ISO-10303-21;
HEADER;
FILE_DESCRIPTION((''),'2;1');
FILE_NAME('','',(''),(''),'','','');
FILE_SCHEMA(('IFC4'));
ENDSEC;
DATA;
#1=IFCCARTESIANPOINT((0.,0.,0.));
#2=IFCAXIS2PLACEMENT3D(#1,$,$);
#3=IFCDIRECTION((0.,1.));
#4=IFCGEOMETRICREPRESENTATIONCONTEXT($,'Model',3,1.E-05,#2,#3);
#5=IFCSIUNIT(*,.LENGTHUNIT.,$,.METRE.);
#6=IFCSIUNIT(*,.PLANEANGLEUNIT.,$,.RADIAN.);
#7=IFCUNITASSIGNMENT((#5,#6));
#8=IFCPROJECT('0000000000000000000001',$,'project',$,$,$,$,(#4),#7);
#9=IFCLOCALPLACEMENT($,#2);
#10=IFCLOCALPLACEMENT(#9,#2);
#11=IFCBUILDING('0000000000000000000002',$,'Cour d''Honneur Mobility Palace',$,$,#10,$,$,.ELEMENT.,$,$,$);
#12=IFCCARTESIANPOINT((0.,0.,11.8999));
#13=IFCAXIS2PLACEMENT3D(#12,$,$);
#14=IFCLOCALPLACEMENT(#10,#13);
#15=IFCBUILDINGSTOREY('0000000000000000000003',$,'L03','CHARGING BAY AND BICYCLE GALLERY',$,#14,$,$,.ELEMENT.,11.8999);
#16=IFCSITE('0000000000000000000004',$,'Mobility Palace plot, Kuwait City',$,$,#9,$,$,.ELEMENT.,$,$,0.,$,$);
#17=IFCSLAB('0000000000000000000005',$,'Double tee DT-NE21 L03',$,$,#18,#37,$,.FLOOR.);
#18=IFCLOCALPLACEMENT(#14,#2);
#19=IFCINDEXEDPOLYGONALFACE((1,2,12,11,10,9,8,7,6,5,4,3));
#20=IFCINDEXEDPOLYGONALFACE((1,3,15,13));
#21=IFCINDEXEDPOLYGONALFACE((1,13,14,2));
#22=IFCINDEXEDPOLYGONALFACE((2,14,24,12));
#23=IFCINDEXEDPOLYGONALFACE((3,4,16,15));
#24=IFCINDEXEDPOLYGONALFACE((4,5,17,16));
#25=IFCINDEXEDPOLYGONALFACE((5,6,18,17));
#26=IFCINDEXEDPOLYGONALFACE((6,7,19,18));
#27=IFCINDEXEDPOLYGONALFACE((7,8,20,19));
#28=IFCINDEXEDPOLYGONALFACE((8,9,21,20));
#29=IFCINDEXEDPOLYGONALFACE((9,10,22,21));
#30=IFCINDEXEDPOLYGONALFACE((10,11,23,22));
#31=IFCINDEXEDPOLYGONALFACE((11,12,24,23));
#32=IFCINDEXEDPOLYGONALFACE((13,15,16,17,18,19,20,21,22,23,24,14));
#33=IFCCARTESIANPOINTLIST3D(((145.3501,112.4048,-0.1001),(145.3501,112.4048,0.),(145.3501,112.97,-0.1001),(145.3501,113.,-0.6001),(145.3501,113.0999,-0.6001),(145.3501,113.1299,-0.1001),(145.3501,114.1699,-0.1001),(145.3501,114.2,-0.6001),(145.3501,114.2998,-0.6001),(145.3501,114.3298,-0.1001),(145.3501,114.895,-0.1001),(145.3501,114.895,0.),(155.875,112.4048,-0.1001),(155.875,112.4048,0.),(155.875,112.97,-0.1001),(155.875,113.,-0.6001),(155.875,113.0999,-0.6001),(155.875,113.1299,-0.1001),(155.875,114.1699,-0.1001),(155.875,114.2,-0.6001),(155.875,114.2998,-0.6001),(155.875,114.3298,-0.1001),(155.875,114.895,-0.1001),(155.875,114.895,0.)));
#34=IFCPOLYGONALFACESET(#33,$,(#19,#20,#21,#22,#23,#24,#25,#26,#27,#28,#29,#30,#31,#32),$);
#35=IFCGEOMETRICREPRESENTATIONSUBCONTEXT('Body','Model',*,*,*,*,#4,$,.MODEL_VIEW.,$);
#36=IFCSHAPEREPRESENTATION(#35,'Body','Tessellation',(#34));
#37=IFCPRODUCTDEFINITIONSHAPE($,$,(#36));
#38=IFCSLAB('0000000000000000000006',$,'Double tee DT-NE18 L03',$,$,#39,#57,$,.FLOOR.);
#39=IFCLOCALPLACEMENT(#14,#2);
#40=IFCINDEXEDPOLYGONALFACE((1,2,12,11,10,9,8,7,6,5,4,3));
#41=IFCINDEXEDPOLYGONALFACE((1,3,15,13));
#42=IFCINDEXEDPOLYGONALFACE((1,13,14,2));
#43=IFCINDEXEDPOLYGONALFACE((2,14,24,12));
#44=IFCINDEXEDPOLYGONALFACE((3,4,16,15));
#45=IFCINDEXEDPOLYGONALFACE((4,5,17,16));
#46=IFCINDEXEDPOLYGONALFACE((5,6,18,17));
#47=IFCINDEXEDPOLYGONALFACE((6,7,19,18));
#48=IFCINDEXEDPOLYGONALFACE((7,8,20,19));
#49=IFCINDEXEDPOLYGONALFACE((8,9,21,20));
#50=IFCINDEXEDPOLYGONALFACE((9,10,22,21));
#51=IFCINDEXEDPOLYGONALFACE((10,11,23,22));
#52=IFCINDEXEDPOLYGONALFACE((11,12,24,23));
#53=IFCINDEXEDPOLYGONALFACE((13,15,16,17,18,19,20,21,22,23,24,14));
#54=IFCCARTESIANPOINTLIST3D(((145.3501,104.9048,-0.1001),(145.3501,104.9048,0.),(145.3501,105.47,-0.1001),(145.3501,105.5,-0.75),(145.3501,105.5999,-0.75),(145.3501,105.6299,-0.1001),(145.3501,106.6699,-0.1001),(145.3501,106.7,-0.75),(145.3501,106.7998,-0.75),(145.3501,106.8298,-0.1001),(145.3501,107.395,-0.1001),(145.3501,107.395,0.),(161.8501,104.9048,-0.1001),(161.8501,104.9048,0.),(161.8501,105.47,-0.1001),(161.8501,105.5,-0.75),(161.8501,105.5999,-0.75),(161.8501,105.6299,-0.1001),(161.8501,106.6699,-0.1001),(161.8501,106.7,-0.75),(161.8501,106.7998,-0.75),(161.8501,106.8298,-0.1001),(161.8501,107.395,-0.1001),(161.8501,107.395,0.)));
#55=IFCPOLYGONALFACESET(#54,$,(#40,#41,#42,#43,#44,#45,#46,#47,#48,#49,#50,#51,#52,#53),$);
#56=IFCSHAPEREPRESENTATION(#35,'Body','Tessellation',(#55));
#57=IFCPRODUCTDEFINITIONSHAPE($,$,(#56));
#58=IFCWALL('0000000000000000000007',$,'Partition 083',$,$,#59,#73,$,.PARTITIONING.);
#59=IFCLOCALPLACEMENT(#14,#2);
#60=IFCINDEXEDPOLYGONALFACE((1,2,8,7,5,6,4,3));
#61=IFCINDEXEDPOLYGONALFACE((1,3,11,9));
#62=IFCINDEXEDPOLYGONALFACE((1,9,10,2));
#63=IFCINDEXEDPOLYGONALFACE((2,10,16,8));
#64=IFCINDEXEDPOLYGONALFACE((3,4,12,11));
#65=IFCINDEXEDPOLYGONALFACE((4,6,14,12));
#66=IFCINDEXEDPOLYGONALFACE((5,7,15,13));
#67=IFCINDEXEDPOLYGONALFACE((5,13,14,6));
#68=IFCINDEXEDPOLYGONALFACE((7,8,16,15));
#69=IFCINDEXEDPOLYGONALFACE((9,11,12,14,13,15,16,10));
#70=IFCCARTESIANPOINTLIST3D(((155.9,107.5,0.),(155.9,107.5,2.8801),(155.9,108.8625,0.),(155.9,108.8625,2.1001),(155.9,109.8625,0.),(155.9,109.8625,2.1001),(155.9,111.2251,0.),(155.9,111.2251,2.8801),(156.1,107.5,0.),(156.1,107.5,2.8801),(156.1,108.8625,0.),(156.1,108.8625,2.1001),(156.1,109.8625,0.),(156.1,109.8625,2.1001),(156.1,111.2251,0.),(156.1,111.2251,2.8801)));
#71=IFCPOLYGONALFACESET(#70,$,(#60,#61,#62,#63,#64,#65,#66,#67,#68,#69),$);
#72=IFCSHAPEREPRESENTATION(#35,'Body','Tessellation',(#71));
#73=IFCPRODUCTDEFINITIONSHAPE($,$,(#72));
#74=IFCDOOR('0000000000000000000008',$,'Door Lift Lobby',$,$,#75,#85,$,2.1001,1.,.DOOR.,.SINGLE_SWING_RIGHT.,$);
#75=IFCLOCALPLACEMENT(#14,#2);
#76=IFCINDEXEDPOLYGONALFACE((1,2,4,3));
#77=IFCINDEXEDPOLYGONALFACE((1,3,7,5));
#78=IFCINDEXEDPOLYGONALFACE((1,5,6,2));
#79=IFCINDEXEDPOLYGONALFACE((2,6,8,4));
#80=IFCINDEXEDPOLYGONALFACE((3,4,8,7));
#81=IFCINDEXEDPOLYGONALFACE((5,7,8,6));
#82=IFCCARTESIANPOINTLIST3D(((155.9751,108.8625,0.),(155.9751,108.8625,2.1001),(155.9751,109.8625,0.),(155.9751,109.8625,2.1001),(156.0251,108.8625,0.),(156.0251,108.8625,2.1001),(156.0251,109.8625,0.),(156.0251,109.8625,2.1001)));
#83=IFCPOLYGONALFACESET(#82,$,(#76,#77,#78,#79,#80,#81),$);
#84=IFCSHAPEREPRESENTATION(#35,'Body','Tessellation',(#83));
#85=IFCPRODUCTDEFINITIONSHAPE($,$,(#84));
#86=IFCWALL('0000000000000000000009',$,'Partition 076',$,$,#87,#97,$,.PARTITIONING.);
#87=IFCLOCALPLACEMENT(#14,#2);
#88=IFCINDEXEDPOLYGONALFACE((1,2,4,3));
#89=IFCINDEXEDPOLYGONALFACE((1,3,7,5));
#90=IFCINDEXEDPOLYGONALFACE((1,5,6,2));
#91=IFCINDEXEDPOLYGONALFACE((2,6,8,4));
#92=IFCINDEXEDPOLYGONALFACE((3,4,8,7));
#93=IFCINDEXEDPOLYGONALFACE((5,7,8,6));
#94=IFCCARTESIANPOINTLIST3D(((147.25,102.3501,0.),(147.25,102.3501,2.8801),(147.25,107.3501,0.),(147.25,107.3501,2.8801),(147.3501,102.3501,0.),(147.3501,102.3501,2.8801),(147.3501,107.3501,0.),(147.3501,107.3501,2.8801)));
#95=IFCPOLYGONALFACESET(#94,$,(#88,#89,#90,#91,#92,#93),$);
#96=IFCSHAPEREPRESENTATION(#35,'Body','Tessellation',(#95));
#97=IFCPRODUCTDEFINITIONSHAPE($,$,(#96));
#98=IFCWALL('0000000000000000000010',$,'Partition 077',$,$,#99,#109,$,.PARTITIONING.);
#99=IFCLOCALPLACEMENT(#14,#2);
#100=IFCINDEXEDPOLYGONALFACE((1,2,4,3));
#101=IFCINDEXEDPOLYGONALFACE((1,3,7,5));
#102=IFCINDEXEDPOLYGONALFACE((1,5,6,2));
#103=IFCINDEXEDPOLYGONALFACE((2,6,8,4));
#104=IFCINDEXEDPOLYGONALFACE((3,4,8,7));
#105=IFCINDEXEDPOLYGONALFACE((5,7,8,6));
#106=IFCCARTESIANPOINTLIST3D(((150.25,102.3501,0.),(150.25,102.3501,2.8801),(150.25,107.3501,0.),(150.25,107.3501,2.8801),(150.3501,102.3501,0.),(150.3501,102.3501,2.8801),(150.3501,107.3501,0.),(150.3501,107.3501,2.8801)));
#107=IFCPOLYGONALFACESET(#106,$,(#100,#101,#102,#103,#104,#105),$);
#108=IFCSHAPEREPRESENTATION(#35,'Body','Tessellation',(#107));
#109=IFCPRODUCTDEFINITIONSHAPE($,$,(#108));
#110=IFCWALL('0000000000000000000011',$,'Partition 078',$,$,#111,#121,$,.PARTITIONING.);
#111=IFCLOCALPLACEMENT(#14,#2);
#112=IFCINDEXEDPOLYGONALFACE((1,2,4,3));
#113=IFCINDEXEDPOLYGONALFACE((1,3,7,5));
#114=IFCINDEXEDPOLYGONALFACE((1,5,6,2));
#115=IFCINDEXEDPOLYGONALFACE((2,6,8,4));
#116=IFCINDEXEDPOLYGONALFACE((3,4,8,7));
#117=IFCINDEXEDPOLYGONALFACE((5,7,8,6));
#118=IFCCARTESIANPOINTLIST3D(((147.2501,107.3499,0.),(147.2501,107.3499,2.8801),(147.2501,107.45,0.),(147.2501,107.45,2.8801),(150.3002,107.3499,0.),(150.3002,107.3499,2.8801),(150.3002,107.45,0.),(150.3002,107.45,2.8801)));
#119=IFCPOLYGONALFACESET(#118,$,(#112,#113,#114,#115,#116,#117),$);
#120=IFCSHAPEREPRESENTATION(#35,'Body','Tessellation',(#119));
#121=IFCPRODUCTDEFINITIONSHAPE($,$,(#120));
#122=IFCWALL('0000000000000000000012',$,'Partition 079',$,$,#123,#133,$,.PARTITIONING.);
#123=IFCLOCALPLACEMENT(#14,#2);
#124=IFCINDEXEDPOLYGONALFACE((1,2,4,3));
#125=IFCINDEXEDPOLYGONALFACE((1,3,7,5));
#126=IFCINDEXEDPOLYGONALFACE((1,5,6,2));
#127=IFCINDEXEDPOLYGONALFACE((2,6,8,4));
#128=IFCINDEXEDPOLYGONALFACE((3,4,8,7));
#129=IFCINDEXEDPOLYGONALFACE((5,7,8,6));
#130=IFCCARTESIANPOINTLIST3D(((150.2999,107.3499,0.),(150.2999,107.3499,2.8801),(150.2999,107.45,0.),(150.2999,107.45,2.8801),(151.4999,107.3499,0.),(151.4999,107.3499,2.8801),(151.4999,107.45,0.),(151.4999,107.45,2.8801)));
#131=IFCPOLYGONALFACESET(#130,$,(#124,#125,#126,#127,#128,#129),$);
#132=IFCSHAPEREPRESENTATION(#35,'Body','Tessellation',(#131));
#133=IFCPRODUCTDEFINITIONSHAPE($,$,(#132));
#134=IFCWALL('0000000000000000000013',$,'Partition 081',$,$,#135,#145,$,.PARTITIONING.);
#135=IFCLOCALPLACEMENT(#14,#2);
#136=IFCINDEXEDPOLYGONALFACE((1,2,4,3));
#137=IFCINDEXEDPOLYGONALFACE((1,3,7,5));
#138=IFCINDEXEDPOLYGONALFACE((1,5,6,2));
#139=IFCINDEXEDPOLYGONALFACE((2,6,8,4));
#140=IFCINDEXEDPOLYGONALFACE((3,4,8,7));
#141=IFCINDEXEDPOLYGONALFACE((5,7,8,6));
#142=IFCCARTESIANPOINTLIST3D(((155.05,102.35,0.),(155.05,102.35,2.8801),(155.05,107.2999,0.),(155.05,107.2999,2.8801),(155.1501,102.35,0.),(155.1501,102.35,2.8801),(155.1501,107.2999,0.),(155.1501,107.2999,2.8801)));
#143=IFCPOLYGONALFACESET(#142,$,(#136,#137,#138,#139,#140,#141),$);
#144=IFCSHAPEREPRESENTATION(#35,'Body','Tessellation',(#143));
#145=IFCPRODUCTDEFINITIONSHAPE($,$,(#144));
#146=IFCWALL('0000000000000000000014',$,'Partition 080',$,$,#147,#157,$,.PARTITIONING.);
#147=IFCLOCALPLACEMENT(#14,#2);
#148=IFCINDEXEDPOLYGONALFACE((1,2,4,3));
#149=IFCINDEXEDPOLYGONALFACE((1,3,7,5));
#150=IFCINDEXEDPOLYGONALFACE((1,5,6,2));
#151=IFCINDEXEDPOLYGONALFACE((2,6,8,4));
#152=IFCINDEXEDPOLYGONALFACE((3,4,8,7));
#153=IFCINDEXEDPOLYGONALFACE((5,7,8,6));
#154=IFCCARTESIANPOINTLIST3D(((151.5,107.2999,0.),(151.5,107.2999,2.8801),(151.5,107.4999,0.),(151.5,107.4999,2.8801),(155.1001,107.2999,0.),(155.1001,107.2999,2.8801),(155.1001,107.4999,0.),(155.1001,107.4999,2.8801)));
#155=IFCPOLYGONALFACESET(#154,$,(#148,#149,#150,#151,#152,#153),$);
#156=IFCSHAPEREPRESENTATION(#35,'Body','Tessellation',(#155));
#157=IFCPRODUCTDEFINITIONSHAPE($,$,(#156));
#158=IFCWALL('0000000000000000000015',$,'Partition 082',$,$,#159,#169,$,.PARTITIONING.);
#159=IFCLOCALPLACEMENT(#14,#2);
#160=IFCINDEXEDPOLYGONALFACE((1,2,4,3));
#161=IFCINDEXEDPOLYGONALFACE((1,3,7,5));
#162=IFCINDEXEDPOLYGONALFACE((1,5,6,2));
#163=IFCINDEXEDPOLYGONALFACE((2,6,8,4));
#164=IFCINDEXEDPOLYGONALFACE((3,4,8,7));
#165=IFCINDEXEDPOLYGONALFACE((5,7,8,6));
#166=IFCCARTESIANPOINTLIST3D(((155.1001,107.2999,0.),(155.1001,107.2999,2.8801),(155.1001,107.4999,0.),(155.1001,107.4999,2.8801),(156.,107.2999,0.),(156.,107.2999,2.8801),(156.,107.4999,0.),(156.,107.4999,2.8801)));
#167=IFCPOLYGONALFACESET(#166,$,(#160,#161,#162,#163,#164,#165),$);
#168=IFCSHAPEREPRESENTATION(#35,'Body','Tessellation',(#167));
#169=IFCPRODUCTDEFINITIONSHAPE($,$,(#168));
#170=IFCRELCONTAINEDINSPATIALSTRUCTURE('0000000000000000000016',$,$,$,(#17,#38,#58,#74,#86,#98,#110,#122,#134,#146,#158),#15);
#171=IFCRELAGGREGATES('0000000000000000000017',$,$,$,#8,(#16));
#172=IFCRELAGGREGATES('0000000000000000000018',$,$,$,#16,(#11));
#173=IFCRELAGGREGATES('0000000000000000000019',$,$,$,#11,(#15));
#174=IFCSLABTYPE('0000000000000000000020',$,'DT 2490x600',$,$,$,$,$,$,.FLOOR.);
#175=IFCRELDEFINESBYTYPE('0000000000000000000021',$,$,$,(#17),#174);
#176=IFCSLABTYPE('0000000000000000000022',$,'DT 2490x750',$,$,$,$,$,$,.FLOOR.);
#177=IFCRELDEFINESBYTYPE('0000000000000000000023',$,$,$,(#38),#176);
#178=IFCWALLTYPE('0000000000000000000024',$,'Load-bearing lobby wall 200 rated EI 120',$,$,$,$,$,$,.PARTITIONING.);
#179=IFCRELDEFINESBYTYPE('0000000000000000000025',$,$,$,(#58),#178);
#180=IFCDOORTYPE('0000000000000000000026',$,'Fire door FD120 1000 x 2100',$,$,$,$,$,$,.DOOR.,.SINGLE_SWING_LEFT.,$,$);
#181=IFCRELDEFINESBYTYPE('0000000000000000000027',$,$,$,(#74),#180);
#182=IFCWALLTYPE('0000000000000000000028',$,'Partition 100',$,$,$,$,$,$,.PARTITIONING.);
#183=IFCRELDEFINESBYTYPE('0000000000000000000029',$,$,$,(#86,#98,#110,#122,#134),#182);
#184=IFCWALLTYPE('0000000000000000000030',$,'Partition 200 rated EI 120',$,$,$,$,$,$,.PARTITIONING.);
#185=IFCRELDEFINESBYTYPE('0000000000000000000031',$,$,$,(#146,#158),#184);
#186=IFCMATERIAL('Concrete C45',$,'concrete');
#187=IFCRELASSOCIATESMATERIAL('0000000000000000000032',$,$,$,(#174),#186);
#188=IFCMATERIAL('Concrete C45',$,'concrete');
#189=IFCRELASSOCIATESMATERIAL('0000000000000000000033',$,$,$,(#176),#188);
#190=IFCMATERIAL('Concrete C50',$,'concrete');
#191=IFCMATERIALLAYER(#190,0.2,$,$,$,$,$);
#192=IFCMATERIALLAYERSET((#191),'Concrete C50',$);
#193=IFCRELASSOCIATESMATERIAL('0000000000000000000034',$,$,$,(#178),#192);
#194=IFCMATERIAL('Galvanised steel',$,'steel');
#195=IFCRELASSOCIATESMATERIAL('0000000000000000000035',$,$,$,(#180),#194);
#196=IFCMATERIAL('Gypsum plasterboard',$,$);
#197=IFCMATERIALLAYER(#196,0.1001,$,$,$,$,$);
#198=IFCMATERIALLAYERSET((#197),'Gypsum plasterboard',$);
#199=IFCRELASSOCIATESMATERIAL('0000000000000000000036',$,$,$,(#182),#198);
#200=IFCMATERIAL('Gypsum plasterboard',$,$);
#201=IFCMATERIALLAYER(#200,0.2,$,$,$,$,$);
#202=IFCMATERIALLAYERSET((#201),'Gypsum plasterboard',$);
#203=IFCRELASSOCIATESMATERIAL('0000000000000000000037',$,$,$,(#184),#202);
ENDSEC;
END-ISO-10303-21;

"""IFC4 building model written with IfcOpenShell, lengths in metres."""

from ifc_helpers import new_model, si_unit, direction, frame, frame_2d, origin, place, context, subcontext, project, spatial, polyline, rectangle, outline, extrude, material, layer, layer_set, material_profile, profile_set, type_object, element, fill, save


model = new_model("IFC4")

# Units and contexts
model_context = context("Model", 3, precision=1e-05, world=origin(), true_north=direction((0.0, 1.0)))
body_context = subcontext(model_context, "Body", "Model", "MODEL_VIEW")
ifc_project = project(units=[si_unit("LENGTHUNIT", "METRE"), si_unit("PLANEANGLEUNIT", "RADIAN")], contexts=[model_context])

# Site, building, storey
site_placement = place(None, origin())
site = spatial("IfcSite", under=ifc_project, at=site_placement, Name="Mobility Palace plot, Kuwait City", CompositionType="ELEMENT", RefElevation=0.0)
building_placement = place(site_placement, origin())
building = spatial("IfcBuilding", under=site, at=building_placement, Name="Cour d'Honneur Mobility Palace", CompositionType="ELEMENT")
storey_placement = place(building_placement, frame((0.0, 0.0, 11.8999)))
storey = spatial("IfcBuildingStorey", under=building, at=storey_placement, Name="L03", Description="CHARGING BAY AND BICYCLE GALLERY", CompositionType="ELEMENT", Elevation=11.8999)

# Slabs
ifc_material_1 = material(Name="Concrete C45", Category="concrete")
ifc_material_profile_1 = material_profile(ifc_material_1, outline(polyline([(-1.2451, 0.0), (1.2451, 0.0), (1.2451, -0.1001), (0.6799, -0.1001), (0.6499, -0.6001), (0.55, -0.6001), (0.52, -0.1001), (-0.52, -0.1001), (-0.55, -0.6001), (-0.6499, -0.6001), (-0.6799, -0.1001), (-1.2451, -0.1001), (-1.2451, 0.0)])), Name="DT 2490x600")
ifc_profile_set_1 = profile_set([ifc_material_profile_1], Name="Concrete C45")
slab_type_1 = type_object("IfcSlabType", Name="DT 2490x600", PredefinedType="FLOOR", material=ifc_profile_set_1)
slab_1_placement = place(storey_placement, frame((145.3501, 113.6499, 0.0), z_axis=(1.0, 0.0, 0.0), x_axis=(0.0, 1.0, 0.0)))
element("IfcSlab", 1, at=slab_1_placement, inside=storey, type_object=slab_type_1, Name="Double tee DT-NE21 L03", PredefinedType="FLOOR", context=body_context, shape_type="SweptSolid", body=[
    extrude(outline(polyline([(-1.2451, 0.0), (1.2451, 0.0), (1.2451, -0.1001), (0.6799, -0.1001), (0.6499, -0.6001), (0.55, -0.6001), (0.52, -0.1001), (-0.52, -0.1001), (-0.55, -0.6001), (-0.6499, -0.6001), (-0.6799, -0.1001), (-1.2451, -0.1001), (-1.2451, 0.0)])), origin(), (0.0, 0.0, 1.0), 10.5249),
])
ifc_material_2 = material(Name="Concrete C45", Category="concrete")
ifc_material_profile_2 = material_profile(ifc_material_2, outline(polyline([(-1.2451, 0.0), (1.2451, 0.0), (1.2451, -0.1001), (0.6799, -0.1001), (0.6499, -0.75), (0.55, -0.75), (0.52, -0.1001), (-0.52, -0.1001), (-0.55, -0.75), (-0.6499, -0.75), (-0.6799, -0.1001), (-1.2451, -0.1001), (-1.2451, 0.0)])), Name="DT 2490x750")
ifc_profile_set_2 = profile_set([ifc_material_profile_2], Name="Concrete C45")
slab_type_2 = type_object("IfcSlabType", Name="DT 2490x750", PredefinedType="FLOOR", material=ifc_profile_set_2)
slab_2_placement = place(storey_placement, frame((145.3501, 106.1499, 0.0), z_axis=(1.0, 0.0, 0.0), x_axis=(0.0, 1.0, 0.0)))
element("IfcSlab", 2, at=slab_2_placement, inside=storey, type_object=slab_type_2, Name="Double tee DT-NE18 L03", PredefinedType="FLOOR", context=body_context, shape_type="SweptSolid", body=[
    extrude(outline(polyline([(-1.2451, 0.0), (1.2451, 0.0), (1.2451, -0.1001), (0.6799, -0.1001), (0.6499, -0.75), (0.55, -0.75), (0.52, -0.1001), (-0.52, -0.1001), (-0.55, -0.75), (-0.6499, -0.75), (-0.6799, -0.1001), (-1.2451, -0.1001), (-1.2451, 0.0)])), origin(), (0.0, 0.0, 1.0), 16.5),
])

# Wall, opening, door
ifc_material_3 = material(Name="Concrete C50", Category="concrete")
ifc_layer_1 = layer(ifc_material_3, 0.2)
ifc_layer_set_1 = layer_set([ifc_layer_1], Name="Concrete C50")
wall_type_1 = type_object("IfcWallType", Name="Load-bearing lobby wall 200 rated EI 120", PredefinedType="PARTITIONING", material=ifc_layer_set_1)
wall_1_placement = place(storey_placement, frame((156.0, 107.5, 0.0), z_axis=(0.0, 0.0, 1.0), x_axis=(0.0, 1.0, 0.0)))
wall_1 = element("IfcWall", 3, at=wall_1_placement, inside=storey, type_object=wall_type_1, Name="Partition 083", PredefinedType="PARTITIONING", context=body_context, shape_type="SweptSolid", body=[
    extrude(rectangle(XDim=3.7251, YDim=0.2, at=frame_2d((1.8625, 0.0))), origin(), (0.0, 0.0, 1.0), 2.8801),
])
opening_1_placement = place(wall_1_placement, frame((1.3625, 0.0, 0.0)))
opening_1 = element("IfcOpeningElement", 4, at=opening_1_placement, cuts=wall_1, PredefinedType="OPENING", context=body_context, shape_type="SweptSolid", body=[
    extrude(rectangle(XDim=1.0, YDim=2.1001, at=frame_2d((0.5, 1.05))), frame((0.0, 0.1099, 0.0), z_axis=(0.0, -1.0, 0.0), x_axis=(1.0, 0.0, 0.0)), (0.0, 0.0, 1.0), 0.22),
])
ifc_material_4 = material(Name="Galvanised steel", Category="steel")
door_type = type_object("IfcDoorType", Name="Fire door FD120 1000 x 2100", OperationType="SINGLE_SWING_LEFT", PredefinedType="DOOR", material=ifc_material_4)
door_1_placement = place(opening_1_placement, origin())
door_1 = element("IfcDoor", 5, at=door_1_placement, inside=storey, type_object=door_type, Name="Door Lift Lobby", OperationType="SINGLE_SWING_RIGHT", OverallHeight=2.1001, OverallWidth=1.0, PredefinedType="DOOR", context=body_context, shape_type="SweptSolid", body=[
    extrude(rectangle(XDim=1.0, YDim=2.1001, at=frame_2d((0.5, 1.05))), frame((0.0, 0.0249, 0.0), z_axis=(0.0, -1.0, 0.0), x_axis=(1.0, 0.0, 0.0)), (0.0, 0.0, 1.0), 0.05),
])
fill(opening_1, door_1)

# Walls
ifc_material_5 = material(Name="Gypsum plasterboard")
ifc_layer_2 = layer(ifc_material_5, 0.1001)
ifc_layer_set_2 = layer_set([ifc_layer_2], Name="Gypsum plasterboard")
wall_type_2 = type_object("IfcWallType", Name="Partition 100", PredefinedType="PARTITIONING", material=ifc_layer_set_2)
for number, where, z_axis, x_axis, name in (
    (6, (147.3, 107.3501, 0.0), (0.0, 0.0, 1.0), (0.0, -1.0, 0.0), "Partition 076"),
    (7, (150.3, 107.3501, 0.0), (0.0, 0.0, 1.0), (0.0, -1.0, 0.0), "Partition 077"),
):
    element("IfcWall", number, at=place(storey_placement, frame(where, z_axis=z_axis, x_axis=x_axis)), inside=storey, type_object=wall_type_2, Name=name, PredefinedType="PARTITIONING", context=body_context, shape_type="SweptSolid", body=[
        extrude(rectangle(XDim=5.0, YDim=0.1001, at=frame_2d((2.5, 0.0))), origin(), (0.0, 0.0, 1.0), 2.8801),
    ])
wall_2_placement = place(storey_placement, frame((150.3, 107.3999, 0.0), z_axis=(0.0, 0.0, 1.0), x_axis=(-1.0, 0.0, 0.0)))
element("IfcWall", 8, at=wall_2_placement, inside=storey, type_object=wall_type_2, Name="Partition 078", PredefinedType="PARTITIONING", context=body_context, shape_type="SweptSolid", body=[
    extrude(rectangle(XDim=3.05, YDim=0.1001, at=frame_2d((1.5249, 0.0))), origin(), (0.0, 0.0, 1.0), 2.8801),
])
wall_3_placement = place(storey_placement, frame((151.5, 107.3999, 0.0), z_axis=(0.0, 0.0, 1.0), x_axis=(-1.0, 0.0, 0.0)))
element("IfcWall", 9, at=wall_3_placement, inside=storey, type_object=wall_type_2, Name="Partition 079", PredefinedType="PARTITIONING", context=body_context, shape_type="SweptSolid", body=[
    extrude(rectangle(XDim=1.2, YDim=0.1001, at=frame_2d((0.6001, 0.0))), origin(), (0.0, 0.0, 1.0), 2.8801),
])
wall_4_placement = place(storey_placement, frame((155.1001, 107.3, 0.0), z_axis=(0.0, 0.0, 1.0), x_axis=(0.0, -1.0, 0.0)))
element("IfcWall", 10, at=wall_4_placement, inside=storey, type_object=wall_type_2, Name="Partition 081", PredefinedType="PARTITIONING", context=body_context, shape_type="SweptSolid", body=[
    extrude(rectangle(XDim=4.95, YDim=0.1001, at=frame_2d((2.4751, 0.0))), origin(), (0.0, 0.0, 1.0), 2.8801),
])
ifc_material_6 = material(Name="Gypsum plasterboard")
ifc_layer_3 = layer(ifc_material_6, 0.2)
ifc_layer_set_3 = layer_set([ifc_layer_3], Name="Gypsum plasterboard")
wall_type_3 = type_object("IfcWallType", Name="Partition 200 rated EI 120", PredefinedType="PARTITIONING", material=ifc_layer_set_3)
wall_5_placement = place(storey_placement, frame((151.5, 107.3999, 0.0), z_axis=(0.0, 0.0, 1.0), x_axis=(1.0, 0.0, 0.0)))
element("IfcWall", 11, at=wall_5_placement, inside=storey, type_object=wall_type_3, Name="Partition 080", PredefinedType="PARTITIONING", context=body_context, shape_type="SweptSolid", body=[
    extrude(rectangle(XDim=3.6001, YDim=0.2, at=frame_2d((1.8, 0.0))), origin(), (0.0, 0.0, 1.0), 2.8801),
])
wall_6_placement = place(storey_placement, frame((155.1001, 107.3999, 0.0), z_axis=(0.0, 0.0, 1.0), x_axis=(1.0, 0.0, 0.0)))
element("IfcWall", 12, at=wall_6_placement, inside=storey, type_object=wall_type_3, Name="Partition 082", PredefinedType="PARTITIONING", context=body_context, shape_type="SweptSolid", body=[
    extrude(rectangle(XDim=0.8999, YDim=0.2, at=frame_2d((0.45, 0.0))), origin(), (0.0, 0.0, 1.0), 2.8801),
])

save(model, "model.ifc")
